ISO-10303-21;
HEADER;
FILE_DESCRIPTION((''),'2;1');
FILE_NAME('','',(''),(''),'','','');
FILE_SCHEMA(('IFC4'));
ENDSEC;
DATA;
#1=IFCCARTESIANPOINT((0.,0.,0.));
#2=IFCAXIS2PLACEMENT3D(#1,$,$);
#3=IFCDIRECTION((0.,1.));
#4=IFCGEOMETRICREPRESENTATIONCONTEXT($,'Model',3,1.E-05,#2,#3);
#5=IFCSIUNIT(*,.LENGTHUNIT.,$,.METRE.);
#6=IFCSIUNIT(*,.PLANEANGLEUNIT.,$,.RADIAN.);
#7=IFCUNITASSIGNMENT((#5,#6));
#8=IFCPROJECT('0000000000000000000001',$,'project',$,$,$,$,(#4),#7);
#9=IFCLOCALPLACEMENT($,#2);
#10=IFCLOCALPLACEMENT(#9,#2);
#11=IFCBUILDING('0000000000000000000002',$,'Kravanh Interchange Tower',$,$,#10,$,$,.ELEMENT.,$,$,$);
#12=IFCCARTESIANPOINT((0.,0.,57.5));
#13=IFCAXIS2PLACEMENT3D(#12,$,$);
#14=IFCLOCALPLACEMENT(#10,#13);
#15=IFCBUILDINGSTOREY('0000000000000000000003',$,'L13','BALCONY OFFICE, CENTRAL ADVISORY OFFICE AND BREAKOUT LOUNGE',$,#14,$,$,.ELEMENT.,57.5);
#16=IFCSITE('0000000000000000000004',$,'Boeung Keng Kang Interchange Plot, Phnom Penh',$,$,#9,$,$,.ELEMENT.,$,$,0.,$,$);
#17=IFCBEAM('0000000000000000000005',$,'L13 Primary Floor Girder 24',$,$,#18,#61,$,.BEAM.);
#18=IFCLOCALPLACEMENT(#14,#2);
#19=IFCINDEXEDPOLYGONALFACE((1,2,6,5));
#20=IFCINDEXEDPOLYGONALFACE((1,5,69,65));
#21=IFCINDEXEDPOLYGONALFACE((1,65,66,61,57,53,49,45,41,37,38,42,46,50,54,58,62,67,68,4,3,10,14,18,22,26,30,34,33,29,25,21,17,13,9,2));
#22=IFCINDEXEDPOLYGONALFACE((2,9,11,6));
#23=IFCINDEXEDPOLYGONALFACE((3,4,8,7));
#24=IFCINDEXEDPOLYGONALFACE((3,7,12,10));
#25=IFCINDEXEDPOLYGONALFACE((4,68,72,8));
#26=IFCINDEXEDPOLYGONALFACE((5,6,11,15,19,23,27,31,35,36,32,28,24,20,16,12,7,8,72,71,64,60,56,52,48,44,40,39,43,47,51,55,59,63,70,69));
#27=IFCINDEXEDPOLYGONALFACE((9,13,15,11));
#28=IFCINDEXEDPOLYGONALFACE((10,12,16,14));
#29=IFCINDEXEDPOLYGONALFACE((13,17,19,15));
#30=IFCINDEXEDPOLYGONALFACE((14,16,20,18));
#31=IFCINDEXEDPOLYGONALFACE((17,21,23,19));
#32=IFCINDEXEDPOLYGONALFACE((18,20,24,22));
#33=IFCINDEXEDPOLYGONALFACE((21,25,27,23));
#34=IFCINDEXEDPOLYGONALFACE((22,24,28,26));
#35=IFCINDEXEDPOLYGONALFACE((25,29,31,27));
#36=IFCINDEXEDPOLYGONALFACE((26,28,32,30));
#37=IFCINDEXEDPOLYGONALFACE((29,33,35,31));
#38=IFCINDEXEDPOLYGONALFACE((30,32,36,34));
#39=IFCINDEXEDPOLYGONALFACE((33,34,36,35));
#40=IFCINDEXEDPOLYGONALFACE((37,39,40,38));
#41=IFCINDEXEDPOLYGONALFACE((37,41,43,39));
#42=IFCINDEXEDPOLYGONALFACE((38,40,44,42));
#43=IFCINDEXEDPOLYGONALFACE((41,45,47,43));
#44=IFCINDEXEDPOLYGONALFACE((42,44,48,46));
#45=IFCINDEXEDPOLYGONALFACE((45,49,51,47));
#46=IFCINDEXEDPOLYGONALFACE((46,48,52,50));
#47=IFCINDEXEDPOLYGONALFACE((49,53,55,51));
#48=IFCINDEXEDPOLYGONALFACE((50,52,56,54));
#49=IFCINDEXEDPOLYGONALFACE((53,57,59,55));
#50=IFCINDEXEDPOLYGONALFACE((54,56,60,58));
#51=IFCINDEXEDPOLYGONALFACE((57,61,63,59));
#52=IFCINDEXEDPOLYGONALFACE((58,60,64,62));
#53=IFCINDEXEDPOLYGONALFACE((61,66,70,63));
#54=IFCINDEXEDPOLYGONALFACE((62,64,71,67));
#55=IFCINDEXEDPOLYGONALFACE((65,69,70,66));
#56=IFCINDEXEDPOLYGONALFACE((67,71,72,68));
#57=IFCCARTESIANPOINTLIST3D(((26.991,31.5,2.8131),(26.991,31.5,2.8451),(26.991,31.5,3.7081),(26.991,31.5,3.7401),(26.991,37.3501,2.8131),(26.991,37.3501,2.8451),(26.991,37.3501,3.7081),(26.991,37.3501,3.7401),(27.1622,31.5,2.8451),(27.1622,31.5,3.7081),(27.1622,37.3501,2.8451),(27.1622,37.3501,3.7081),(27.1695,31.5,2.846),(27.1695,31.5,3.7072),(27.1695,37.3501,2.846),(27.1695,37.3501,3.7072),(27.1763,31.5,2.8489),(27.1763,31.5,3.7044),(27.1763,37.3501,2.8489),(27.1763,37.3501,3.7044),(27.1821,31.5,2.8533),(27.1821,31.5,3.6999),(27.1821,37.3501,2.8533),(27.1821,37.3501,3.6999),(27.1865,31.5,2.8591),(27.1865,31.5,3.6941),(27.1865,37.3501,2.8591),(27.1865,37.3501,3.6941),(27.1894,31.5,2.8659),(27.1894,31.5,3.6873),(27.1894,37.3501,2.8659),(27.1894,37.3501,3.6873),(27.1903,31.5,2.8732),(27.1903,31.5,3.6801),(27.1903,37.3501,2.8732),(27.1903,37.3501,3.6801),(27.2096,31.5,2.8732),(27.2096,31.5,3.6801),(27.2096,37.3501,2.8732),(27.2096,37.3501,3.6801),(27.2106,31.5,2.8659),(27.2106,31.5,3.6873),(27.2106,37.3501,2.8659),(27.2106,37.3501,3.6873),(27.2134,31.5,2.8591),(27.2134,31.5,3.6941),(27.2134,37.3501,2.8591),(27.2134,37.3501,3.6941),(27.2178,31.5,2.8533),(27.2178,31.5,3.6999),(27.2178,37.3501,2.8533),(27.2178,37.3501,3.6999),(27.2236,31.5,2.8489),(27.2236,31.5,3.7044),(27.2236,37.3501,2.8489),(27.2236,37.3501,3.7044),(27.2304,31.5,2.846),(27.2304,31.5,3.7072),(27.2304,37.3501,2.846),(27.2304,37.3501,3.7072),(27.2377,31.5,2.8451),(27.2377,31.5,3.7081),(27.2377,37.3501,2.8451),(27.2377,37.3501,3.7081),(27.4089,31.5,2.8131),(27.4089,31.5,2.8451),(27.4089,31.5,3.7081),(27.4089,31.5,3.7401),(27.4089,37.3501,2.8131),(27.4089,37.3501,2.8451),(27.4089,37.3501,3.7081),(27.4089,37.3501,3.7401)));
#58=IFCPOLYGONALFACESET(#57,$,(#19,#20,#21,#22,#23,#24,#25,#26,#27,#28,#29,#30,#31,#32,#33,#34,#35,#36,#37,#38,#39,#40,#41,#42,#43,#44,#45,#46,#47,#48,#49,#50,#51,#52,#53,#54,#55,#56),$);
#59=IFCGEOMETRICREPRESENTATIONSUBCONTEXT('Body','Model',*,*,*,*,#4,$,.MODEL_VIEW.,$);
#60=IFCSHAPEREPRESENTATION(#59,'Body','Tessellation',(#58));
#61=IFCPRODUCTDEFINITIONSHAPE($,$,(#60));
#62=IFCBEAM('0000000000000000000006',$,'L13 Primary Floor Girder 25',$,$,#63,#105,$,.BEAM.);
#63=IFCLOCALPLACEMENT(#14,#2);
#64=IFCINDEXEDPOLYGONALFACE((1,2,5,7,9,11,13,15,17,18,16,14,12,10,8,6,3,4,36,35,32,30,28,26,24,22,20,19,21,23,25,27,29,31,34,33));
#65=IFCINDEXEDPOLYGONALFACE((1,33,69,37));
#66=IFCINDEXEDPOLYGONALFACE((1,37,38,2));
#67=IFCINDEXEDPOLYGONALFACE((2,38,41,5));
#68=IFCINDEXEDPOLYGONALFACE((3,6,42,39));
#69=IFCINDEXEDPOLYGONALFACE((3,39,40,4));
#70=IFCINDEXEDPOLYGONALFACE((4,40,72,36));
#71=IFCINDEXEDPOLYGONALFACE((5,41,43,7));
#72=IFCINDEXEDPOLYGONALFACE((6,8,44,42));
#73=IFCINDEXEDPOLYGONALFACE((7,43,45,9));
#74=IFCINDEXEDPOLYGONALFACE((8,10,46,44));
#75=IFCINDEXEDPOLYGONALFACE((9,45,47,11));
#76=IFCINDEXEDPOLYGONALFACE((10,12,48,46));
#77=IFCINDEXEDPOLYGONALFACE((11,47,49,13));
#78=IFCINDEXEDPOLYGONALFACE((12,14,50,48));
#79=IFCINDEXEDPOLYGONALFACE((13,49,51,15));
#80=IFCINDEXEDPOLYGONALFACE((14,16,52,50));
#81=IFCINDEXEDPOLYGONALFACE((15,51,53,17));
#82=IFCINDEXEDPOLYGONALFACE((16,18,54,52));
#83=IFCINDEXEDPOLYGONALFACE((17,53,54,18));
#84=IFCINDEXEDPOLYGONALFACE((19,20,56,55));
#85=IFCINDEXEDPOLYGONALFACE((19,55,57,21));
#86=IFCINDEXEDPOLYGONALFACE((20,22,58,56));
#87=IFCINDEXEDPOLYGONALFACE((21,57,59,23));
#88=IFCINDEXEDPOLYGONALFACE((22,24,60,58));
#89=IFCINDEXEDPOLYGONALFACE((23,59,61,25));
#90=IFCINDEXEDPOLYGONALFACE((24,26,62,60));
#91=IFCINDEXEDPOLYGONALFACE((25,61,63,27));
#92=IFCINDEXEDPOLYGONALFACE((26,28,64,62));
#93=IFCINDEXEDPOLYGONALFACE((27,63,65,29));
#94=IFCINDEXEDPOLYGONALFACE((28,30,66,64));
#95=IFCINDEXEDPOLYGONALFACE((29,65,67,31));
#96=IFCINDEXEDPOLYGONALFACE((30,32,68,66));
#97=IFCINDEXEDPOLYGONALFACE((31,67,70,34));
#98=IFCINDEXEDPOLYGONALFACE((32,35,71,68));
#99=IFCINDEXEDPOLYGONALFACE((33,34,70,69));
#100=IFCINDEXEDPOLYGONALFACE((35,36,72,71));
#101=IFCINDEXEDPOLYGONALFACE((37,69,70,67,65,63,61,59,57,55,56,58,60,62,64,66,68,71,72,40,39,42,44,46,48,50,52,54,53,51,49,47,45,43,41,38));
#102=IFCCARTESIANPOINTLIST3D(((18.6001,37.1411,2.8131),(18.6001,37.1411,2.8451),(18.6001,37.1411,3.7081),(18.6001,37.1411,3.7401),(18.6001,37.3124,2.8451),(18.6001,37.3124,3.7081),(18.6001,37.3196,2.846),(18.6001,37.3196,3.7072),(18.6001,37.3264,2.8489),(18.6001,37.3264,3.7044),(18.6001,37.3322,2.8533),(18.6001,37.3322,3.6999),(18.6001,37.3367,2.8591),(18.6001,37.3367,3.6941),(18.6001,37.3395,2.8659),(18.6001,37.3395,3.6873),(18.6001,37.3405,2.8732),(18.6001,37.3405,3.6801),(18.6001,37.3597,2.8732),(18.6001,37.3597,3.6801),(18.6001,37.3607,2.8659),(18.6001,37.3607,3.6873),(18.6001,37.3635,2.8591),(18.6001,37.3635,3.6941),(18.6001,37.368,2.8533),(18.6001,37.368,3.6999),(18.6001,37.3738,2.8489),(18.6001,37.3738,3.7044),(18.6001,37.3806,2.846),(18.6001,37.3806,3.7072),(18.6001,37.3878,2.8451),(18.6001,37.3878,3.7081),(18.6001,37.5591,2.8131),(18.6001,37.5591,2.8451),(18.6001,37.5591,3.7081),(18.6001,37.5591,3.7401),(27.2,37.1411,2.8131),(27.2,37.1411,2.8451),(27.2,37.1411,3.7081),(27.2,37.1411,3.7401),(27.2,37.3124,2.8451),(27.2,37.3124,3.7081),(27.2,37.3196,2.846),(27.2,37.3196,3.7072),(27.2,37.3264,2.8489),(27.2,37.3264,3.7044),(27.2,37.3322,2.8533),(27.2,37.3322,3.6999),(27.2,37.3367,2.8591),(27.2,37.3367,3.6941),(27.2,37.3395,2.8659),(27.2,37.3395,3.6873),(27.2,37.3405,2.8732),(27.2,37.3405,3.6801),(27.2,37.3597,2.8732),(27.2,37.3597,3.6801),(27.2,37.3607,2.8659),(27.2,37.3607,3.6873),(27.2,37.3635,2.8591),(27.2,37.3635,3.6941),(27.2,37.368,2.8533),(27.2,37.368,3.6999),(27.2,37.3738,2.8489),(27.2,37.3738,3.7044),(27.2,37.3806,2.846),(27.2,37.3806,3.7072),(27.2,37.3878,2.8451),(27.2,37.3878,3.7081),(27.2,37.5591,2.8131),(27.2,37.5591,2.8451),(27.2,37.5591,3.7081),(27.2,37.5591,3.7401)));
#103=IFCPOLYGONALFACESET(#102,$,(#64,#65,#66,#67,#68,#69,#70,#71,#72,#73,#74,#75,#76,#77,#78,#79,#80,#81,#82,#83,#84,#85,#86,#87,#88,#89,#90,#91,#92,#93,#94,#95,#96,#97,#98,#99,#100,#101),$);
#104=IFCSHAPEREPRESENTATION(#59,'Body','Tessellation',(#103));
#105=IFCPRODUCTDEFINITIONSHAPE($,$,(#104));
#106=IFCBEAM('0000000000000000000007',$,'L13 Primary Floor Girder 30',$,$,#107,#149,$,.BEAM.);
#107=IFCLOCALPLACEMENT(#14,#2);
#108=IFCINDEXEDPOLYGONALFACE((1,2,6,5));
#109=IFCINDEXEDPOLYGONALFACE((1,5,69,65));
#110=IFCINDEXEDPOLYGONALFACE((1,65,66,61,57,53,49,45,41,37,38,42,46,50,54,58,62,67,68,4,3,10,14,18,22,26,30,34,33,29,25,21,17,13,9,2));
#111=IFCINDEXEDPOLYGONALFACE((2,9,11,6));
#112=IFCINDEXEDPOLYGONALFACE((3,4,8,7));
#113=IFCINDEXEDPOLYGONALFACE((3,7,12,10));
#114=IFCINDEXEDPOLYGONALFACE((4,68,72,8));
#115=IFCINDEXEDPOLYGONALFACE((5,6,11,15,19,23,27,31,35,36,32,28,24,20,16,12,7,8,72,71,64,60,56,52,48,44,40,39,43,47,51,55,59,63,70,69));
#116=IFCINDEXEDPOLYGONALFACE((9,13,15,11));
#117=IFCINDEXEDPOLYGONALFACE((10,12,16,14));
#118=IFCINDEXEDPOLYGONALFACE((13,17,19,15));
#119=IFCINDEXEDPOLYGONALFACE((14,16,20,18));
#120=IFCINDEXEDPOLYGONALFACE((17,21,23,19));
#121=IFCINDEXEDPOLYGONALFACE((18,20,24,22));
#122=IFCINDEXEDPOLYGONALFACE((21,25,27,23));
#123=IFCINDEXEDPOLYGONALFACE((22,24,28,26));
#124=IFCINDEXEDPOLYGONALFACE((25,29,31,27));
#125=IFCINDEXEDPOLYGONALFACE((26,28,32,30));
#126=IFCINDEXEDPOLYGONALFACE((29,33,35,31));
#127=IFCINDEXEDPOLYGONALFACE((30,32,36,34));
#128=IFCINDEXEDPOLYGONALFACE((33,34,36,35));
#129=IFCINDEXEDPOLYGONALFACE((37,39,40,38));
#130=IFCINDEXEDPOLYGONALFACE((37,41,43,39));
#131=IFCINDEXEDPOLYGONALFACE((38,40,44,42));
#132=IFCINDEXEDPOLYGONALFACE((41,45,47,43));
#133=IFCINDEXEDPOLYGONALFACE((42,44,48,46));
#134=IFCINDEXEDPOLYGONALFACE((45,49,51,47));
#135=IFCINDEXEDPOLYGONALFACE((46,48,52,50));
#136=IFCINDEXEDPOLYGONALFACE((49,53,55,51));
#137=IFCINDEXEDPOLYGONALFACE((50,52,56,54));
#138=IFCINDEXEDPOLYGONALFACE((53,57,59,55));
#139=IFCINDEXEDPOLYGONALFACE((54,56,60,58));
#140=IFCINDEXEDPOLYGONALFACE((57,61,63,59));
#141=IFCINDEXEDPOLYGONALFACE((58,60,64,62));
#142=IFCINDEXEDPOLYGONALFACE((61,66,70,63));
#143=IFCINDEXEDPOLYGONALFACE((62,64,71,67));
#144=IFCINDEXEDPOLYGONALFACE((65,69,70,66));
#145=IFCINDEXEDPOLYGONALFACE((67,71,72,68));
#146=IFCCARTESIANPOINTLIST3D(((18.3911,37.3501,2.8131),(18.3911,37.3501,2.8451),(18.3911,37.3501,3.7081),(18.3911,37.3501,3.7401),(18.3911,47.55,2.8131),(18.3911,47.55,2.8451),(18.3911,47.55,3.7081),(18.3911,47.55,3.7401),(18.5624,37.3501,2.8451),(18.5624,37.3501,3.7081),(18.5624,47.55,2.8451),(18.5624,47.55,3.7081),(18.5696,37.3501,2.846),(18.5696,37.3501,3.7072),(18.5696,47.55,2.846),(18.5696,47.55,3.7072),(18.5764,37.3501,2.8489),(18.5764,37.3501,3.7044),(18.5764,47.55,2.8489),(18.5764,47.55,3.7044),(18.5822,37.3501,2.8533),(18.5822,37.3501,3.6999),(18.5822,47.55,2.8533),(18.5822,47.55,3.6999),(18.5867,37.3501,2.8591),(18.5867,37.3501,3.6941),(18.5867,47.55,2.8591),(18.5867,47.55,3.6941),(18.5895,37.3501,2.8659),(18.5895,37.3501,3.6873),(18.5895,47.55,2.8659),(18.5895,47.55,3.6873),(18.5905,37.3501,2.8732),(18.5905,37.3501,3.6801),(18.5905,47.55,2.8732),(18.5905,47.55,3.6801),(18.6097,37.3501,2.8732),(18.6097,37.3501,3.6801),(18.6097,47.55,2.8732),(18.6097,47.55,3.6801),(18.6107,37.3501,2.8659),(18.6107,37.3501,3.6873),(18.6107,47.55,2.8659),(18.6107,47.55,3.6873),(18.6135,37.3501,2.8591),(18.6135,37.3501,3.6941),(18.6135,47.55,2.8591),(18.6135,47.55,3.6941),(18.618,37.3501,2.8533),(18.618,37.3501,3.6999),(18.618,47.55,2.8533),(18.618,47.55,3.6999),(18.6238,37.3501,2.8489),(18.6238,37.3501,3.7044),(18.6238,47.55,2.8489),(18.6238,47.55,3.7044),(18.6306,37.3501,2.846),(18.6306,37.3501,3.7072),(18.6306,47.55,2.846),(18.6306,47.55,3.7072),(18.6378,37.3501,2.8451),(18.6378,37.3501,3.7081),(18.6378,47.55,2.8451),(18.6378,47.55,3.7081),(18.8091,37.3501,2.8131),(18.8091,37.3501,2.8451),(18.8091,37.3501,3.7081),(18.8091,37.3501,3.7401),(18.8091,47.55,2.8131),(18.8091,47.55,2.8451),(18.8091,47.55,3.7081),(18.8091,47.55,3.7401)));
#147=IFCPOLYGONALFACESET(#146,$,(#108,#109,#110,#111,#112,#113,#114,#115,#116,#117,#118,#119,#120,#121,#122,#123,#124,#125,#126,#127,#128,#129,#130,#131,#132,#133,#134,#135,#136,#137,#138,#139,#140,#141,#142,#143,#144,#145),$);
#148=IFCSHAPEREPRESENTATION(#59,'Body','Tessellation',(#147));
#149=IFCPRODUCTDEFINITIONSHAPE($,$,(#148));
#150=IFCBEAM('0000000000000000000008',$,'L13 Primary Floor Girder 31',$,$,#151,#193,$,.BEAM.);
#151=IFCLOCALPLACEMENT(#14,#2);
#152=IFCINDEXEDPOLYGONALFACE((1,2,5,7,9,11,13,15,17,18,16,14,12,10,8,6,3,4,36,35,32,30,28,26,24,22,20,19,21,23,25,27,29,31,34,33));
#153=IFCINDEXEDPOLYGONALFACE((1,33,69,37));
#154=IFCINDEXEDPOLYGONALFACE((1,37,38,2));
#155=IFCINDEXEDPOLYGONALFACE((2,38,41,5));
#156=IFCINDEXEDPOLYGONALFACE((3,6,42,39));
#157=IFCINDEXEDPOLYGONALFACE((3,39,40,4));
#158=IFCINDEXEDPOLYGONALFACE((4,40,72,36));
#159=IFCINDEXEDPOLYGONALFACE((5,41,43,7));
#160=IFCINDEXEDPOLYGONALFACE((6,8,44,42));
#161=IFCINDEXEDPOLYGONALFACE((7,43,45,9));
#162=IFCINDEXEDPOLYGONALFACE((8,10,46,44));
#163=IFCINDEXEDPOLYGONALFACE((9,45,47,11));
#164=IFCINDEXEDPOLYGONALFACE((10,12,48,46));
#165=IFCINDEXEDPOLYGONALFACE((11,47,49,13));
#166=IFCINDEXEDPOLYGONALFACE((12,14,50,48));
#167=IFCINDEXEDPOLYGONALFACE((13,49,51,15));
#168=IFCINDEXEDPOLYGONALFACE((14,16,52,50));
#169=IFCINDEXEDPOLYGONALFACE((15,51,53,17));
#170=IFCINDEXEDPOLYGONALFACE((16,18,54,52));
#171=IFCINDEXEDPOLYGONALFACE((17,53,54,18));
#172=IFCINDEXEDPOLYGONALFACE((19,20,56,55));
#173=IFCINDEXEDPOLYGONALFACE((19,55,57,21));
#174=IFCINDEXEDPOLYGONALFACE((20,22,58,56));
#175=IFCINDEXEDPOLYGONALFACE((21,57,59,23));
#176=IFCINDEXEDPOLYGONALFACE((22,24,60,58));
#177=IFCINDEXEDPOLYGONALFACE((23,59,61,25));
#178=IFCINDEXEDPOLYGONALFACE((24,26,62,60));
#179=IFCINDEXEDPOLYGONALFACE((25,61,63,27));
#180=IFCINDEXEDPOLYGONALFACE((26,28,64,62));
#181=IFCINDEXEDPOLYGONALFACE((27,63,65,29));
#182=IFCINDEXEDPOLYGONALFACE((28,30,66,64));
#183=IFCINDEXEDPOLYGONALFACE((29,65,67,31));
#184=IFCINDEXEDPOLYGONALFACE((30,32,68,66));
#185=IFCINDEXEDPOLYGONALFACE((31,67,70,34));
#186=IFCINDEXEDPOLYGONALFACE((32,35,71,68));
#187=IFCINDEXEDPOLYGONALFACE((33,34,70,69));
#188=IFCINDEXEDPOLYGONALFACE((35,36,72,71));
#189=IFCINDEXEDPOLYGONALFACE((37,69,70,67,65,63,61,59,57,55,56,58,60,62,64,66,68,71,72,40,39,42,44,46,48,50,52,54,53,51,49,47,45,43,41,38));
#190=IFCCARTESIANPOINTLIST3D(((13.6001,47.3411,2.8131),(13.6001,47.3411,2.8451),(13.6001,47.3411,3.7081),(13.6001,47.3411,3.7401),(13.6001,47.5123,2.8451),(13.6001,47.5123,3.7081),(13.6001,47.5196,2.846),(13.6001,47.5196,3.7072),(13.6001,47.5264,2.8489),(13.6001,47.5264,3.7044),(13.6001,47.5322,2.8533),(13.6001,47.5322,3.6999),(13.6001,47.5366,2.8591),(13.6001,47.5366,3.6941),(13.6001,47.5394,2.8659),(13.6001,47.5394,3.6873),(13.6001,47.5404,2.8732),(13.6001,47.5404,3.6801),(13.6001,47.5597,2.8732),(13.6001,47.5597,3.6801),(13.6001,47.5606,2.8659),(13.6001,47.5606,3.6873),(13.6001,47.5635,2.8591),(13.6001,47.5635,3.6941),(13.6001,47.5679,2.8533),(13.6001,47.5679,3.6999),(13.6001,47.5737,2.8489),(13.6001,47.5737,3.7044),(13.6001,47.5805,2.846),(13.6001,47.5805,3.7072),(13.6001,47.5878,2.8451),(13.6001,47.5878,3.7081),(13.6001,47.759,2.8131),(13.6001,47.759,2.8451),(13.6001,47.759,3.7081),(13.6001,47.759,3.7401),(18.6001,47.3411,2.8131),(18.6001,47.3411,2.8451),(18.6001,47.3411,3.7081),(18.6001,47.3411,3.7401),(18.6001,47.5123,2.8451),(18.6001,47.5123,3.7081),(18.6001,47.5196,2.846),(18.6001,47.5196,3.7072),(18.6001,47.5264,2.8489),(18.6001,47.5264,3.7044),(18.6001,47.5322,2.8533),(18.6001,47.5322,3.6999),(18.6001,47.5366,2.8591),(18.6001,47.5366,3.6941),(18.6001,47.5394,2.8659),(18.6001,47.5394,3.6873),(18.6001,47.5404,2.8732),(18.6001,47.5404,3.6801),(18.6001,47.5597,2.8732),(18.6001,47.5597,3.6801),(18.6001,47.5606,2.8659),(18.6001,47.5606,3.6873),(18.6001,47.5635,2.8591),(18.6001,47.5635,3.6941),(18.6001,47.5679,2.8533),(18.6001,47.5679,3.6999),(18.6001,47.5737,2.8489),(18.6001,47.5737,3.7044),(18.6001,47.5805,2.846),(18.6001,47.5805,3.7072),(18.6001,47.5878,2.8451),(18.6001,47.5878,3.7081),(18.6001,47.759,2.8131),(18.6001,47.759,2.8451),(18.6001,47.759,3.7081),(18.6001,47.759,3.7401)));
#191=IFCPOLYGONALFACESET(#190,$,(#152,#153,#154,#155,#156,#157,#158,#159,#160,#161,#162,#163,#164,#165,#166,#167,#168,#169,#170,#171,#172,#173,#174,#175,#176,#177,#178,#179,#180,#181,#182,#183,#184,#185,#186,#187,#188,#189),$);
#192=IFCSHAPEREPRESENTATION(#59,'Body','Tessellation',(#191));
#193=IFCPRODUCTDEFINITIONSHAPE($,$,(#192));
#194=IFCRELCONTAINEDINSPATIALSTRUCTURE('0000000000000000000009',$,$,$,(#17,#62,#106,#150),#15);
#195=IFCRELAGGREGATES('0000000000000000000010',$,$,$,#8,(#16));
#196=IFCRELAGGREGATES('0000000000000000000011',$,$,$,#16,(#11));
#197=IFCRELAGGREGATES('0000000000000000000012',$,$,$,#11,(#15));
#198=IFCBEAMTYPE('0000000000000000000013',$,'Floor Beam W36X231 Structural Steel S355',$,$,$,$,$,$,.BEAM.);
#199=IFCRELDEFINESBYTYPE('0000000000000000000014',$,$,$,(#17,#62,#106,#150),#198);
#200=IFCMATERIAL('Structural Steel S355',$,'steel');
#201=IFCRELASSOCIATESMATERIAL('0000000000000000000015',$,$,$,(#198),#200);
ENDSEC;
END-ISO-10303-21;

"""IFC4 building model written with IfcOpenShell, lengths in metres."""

from ifc_helpers import new_model, si_unit, direction, frame, origin, origin_2d, place, context, subcontext, project, spatial, i_section, extrude, material, material_profile, profile_set, type_object, element, save


model = new_model("IFC4")

# Units and contexts
model_context = context("Model", 3, precision=1e-05, world=origin(), true_north=direction((0.0, 1.0)))
body_context = subcontext(model_context, "Body", "Model", "MODEL_VIEW")
ifc_project = project(units=[si_unit("LENGTHUNIT", "METRE"), si_unit("PLANEANGLEUNIT", "RADIAN")], contexts=[model_context])

# Site, building, storey
site_placement = place(None, origin())
site = spatial("IfcSite", under=ifc_project, at=site_placement, Name="Boeung Keng Kang Interchange Plot, Phnom Penh", CompositionType="ELEMENT", RefElevation=0.0)
building_placement = place(site_placement, origin())
building = spatial("IfcBuilding", under=site, at=building_placement, Name="Kravanh Interchange Tower", CompositionType="ELEMENT")
storey_placement = place(building_placement, frame((0.0, 0.0, 57.5)))
storey = spatial("IfcBuildingStorey", under=building, at=storey_placement, Name="L13", Description="BALCONY OFFICE, CENTRAL ADVISORY OFFICE AND BREAKOUT LOUNGE", CompositionType="ELEMENT", Elevation=57.5)

# Beams
ifc_material_1 = material(Name="Structural Steel S355", Category="steel")
ifc_material_profile_1 = material_profile(ifc_material_1, i_section(OverallWidth=0.418, OverallDepth=0.927, WebThickness=0.0193, FlangeThickness=0.032, FilletRadius=0.0281, at=origin_2d()), Name="W36X231")
ifc_profile_set_1 = profile_set([ifc_material_profile_1], Name="Structural Steel S355")
beam_type = type_object("IfcBeamType", Name="Floor Beam W36X231 Structural Steel S355", PredefinedType="BEAM", material=ifc_profile_set_1)
beam_1_placement = place(storey_placement, frame((27.2, 37.3501, 3.2766), z_axis=(0.0, -1.0, 0.0), x_axis=(1.0, 0.0, 0.0)))
element("IfcBeam", 1, at=beam_1_placement, inside=storey, type_object=beam_type, Name="L13 Primary Floor Girder 24", PredefinedType="BEAM", context=body_context, shape_type="SweptSolid", body=[
    extrude(i_section(OverallWidth=0.418, OverallDepth=0.927, WebThickness=0.0193, FlangeThickness=0.032, FilletRadius=0.0281, at=origin_2d()), origin(), (0.0, 0.0, 1.0), 5.8501),
])
beam_2_placement = place(storey_placement, frame((27.2, 37.3501, 3.2766), z_axis=(-1.0, 0.0, 0.0), x_axis=(0.0, -1.0, 0.0)))
element("IfcBeam", 2, at=beam_2_placement, inside=storey, type_object=beam_type, Name="L13 Primary Floor Girder 25", PredefinedType="BEAM", context=body_context, shape_type="SweptSolid", body=[
    extrude(i_section(OverallWidth=0.418, OverallDepth=0.927, WebThickness=0.0193, FlangeThickness=0.032, FilletRadius=0.0281, at=origin_2d()), origin(), (0.0, 0.0, 1.0), 8.5999),
])
beam_3_placement = place(storey_placement, frame((18.6001, 37.3501, 3.2766), z_axis=(0.0, 1.0, 0.0), x_axis=(-1.0, 0.0, 0.0)))
element("IfcBeam", 3, at=beam_3_placement, inside=storey, type_object=beam_type, Name="L13 Primary Floor Girder 30", PredefinedType="BEAM", context=body_context, shape_type="SweptSolid", body=[
    extrude(i_section(OverallWidth=0.418, OverallDepth=0.927, WebThickness=0.0193, FlangeThickness=0.032, FilletRadius=0.0281, at=origin_2d()), origin(), (0.0, 0.0, 1.0), 10.2),
])
beam_4_placement = place(storey_placement, frame((18.6001, 47.55, 3.2766), z_axis=(-1.0, 0.0, 0.0), x_axis=(0.0, -1.0, 0.0)))
element("IfcBeam", 4, at=beam_4_placement, inside=storey, type_object=beam_type, Name="L13 Primary Floor Girder 31", PredefinedType="BEAM", context=body_context, shape_type="SweptSolid", body=[
    extrude(i_section(OverallWidth=0.418, OverallDepth=0.927, WebThickness=0.0193, FlangeThickness=0.032, FilletRadius=0.0281, at=origin_2d()), origin(), (0.0, 0.0, 1.0), 5.0),
])

save(model, "model.ifc")
